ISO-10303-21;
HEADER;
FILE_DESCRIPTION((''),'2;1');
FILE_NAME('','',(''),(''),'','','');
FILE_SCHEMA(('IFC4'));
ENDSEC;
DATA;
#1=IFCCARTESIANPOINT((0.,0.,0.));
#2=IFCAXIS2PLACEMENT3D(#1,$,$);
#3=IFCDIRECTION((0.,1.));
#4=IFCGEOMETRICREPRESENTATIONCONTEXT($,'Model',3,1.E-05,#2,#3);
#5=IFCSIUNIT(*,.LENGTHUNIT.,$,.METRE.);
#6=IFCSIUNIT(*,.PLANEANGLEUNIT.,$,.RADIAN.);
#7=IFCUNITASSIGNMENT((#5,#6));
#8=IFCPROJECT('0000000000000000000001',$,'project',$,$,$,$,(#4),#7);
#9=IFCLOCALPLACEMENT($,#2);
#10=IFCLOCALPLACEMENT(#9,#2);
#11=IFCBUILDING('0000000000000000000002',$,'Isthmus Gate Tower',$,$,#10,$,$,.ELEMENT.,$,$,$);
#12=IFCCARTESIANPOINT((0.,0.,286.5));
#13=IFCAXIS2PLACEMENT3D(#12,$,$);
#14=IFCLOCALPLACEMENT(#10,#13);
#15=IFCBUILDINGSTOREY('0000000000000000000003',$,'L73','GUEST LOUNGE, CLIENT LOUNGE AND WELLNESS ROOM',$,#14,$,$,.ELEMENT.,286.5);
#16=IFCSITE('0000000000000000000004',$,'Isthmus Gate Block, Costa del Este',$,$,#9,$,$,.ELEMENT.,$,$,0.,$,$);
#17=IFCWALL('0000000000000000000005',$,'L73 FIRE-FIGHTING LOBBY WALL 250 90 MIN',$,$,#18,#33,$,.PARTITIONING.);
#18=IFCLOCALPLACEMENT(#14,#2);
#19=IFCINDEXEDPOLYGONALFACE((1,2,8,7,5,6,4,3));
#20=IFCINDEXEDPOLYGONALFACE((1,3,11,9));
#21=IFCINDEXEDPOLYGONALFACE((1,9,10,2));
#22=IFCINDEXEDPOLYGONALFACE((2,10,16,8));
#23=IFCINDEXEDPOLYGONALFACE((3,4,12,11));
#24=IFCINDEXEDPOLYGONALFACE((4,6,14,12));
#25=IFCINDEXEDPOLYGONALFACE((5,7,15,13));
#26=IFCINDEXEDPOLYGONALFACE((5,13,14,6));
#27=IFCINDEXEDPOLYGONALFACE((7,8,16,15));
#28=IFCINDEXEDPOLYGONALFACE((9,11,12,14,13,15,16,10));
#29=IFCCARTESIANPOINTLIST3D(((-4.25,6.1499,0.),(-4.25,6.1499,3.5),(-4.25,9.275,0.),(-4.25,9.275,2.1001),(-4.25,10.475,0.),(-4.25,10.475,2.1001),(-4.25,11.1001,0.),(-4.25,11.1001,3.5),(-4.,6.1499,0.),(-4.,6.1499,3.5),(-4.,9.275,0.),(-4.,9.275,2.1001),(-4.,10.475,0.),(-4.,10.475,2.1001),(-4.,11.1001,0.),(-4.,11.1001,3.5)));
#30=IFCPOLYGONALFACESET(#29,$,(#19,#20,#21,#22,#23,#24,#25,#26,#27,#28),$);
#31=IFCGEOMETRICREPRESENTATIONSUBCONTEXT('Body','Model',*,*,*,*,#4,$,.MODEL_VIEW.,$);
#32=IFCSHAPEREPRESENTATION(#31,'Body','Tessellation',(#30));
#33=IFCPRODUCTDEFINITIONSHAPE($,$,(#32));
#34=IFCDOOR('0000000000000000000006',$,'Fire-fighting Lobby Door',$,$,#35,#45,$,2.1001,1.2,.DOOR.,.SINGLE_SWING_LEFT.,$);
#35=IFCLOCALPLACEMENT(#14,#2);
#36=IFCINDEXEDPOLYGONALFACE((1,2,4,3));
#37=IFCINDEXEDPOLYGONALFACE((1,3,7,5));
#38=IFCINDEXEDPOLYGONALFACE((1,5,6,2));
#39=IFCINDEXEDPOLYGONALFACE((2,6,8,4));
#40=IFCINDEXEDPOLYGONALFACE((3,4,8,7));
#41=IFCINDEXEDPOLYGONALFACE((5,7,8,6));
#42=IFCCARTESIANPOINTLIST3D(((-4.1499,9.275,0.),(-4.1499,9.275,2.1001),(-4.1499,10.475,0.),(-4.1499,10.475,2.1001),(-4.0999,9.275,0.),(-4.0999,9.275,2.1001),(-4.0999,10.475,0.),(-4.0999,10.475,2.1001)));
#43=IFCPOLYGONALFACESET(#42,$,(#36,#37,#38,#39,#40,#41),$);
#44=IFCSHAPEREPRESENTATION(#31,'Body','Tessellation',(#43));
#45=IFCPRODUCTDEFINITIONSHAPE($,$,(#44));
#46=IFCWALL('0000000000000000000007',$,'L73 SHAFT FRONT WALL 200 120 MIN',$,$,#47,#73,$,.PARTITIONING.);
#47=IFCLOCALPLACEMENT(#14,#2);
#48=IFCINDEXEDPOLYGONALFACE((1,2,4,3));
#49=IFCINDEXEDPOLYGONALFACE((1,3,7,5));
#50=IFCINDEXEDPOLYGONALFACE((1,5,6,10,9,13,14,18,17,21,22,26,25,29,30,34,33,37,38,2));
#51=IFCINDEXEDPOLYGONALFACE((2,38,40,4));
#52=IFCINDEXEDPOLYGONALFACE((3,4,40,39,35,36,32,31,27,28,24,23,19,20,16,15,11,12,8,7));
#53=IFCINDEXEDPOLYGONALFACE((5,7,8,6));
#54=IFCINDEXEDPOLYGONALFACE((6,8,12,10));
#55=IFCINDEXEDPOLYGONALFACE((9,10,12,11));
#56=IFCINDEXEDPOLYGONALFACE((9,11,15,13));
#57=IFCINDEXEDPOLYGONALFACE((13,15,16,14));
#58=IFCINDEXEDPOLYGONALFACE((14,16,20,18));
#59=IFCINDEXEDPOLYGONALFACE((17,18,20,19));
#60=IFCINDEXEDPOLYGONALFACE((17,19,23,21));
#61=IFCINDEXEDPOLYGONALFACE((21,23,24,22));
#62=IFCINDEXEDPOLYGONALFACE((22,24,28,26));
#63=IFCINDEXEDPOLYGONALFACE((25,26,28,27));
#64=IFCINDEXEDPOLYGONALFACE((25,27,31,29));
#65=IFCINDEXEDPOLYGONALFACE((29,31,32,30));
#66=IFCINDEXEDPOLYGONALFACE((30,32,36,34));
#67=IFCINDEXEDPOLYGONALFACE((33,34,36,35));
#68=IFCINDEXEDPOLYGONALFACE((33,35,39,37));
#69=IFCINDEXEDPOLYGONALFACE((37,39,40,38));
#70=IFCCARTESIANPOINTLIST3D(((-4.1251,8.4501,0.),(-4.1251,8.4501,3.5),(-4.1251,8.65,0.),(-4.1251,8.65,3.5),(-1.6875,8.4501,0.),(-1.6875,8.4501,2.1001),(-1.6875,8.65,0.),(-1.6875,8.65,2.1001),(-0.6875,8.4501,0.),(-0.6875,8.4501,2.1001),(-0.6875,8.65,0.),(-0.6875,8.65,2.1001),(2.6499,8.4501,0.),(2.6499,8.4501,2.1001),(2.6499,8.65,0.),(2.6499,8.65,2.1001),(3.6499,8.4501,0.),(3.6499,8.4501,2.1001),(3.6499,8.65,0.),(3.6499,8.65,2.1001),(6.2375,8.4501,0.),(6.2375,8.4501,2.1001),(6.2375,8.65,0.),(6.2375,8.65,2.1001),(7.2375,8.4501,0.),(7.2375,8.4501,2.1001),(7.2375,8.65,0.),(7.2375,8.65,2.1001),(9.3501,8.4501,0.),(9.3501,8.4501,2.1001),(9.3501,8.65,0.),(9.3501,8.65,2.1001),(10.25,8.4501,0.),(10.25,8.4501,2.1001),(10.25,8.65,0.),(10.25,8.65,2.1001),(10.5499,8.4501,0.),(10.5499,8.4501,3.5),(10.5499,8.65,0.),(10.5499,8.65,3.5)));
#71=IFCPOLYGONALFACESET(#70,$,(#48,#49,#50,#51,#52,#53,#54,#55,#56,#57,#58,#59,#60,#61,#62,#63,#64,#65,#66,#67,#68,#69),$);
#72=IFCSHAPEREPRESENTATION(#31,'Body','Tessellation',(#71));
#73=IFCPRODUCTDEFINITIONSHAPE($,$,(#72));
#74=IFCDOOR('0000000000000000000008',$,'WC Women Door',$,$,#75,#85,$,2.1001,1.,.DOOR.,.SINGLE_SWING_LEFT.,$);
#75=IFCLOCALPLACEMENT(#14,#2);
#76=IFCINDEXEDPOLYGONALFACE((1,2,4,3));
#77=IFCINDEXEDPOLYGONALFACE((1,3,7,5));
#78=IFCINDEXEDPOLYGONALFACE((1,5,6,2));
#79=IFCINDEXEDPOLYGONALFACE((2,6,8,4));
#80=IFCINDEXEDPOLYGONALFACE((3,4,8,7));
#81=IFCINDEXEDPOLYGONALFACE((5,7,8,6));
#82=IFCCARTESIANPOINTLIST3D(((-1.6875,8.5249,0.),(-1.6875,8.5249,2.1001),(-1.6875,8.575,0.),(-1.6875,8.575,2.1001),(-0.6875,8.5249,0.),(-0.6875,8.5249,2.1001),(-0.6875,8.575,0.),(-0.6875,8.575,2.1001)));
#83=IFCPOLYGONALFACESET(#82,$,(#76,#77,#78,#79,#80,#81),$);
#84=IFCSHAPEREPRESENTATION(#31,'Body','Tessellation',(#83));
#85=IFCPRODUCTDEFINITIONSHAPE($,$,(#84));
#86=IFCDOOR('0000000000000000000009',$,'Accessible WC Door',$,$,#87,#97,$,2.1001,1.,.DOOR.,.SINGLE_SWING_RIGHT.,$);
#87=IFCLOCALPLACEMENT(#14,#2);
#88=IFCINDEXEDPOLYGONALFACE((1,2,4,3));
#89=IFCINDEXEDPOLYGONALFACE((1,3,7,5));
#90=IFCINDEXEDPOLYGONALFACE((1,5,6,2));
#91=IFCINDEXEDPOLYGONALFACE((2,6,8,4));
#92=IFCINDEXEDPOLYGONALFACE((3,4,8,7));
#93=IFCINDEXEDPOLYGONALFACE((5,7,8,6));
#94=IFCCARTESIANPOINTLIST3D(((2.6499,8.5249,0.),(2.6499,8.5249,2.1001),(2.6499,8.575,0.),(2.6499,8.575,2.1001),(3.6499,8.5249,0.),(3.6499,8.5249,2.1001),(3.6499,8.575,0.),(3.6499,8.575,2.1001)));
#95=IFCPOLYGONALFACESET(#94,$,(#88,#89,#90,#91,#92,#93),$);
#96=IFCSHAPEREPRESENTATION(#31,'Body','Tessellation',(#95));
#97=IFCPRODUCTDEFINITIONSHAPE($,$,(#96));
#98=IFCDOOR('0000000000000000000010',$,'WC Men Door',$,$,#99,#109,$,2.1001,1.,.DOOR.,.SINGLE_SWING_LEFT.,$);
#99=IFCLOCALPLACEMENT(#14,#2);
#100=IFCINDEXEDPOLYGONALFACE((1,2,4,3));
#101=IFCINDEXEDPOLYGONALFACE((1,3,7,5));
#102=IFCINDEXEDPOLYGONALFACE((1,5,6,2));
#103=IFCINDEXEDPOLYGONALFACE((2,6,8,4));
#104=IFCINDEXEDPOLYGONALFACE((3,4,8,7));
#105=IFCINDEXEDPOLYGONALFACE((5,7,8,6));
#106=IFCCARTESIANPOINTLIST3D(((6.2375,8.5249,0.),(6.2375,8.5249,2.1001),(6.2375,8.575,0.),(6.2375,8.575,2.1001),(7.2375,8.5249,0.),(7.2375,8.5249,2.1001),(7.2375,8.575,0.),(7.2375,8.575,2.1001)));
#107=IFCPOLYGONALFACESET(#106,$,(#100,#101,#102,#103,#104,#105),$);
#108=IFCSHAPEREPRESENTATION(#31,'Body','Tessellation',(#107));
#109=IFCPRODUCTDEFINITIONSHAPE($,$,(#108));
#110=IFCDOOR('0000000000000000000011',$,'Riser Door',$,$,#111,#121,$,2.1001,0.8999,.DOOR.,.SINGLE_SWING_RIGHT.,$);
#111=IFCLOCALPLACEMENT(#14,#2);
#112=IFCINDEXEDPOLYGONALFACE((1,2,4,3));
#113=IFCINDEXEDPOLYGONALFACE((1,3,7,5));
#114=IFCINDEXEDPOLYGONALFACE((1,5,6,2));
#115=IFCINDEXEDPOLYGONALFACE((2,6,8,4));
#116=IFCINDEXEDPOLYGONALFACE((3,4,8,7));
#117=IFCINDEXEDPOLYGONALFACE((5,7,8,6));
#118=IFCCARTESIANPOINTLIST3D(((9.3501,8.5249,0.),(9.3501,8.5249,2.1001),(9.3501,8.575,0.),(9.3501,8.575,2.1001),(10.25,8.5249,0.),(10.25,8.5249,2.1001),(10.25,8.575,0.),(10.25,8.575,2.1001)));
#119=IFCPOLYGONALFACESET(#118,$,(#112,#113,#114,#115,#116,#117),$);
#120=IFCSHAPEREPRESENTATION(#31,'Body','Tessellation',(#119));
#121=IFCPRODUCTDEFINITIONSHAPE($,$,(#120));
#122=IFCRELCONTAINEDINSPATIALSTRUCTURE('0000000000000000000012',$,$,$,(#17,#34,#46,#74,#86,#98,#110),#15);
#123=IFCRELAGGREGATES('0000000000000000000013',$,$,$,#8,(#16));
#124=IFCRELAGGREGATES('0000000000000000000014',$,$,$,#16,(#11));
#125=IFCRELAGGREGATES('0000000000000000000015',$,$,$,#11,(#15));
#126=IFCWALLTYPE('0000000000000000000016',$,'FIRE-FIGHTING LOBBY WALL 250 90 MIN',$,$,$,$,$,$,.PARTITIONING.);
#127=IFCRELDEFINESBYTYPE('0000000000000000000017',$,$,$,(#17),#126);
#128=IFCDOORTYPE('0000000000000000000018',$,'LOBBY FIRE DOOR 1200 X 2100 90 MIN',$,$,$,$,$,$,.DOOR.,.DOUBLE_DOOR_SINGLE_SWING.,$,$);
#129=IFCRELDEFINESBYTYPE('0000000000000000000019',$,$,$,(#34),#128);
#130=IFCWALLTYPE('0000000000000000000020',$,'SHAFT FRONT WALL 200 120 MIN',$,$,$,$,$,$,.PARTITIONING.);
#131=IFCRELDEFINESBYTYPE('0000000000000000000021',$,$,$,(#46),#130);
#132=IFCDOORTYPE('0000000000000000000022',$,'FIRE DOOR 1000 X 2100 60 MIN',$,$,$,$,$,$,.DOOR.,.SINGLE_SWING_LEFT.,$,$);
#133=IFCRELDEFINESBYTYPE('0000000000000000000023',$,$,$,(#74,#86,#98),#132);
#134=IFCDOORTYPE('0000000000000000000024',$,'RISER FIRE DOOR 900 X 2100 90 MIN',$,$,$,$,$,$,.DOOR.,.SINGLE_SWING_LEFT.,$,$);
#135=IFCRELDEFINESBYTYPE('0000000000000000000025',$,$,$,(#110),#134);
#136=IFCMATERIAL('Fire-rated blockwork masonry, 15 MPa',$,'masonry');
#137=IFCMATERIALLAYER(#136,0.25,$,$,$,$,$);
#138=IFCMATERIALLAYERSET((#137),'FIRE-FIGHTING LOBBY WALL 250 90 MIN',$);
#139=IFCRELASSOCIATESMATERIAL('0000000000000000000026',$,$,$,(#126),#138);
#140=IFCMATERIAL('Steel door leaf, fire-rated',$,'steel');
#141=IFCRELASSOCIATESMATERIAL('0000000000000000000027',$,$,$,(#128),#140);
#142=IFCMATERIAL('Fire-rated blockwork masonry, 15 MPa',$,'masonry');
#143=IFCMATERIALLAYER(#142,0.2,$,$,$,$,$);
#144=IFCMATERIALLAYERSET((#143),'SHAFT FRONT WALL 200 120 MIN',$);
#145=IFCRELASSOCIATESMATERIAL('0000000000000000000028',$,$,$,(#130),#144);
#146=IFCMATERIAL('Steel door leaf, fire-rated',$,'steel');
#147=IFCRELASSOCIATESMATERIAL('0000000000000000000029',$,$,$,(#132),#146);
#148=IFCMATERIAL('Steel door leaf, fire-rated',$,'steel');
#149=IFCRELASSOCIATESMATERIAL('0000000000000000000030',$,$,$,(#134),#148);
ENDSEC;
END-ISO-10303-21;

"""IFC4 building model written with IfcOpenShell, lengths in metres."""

from ifc_helpers import new_model, si_unit, direction, frame, frame_2d, origin, place, context, subcontext, project, spatial, rectangle, extrude, material, layer, layer_set, type_object, element, fill, save


model = new_model("IFC4")

# Units and contexts
model_context = context("Model", 3, precision=1e-05, world=origin(), true_north=direction((0.0, 1.0)))
body_context = subcontext(model_context, "Body", "Model", "MODEL_VIEW")
ifc_project = project(units=[si_unit("LENGTHUNIT", "METRE"), si_unit("PLANEANGLEUNIT", "RADIAN")], contexts=[model_context])

# Site, building, storey
site_placement = place(None, origin())
site = spatial("IfcSite", under=ifc_project, at=site_placement, Name="Isthmus Gate Block, Costa del Este", CompositionType="ELEMENT", RefElevation=0.0)
building_placement = place(site_placement, origin())
building = spatial("IfcBuilding", under=site, at=building_placement, Name="Isthmus Gate Tower", CompositionType="ELEMENT")
storey_placement = place(building_placement, frame((0.0, 0.0, 286.5)))
storey = spatial("IfcBuildingStorey", under=building, at=storey_placement, Name="L73", Description="GUEST LOUNGE, CLIENT LOUNGE AND WELLNESS ROOM", CompositionType="ELEMENT", Elevation=286.5)

# Wall, opening, door
ifc_material_1 = material(Name="Fire-rated blockwork masonry, 15 MPa", Category="masonry")
ifc_layer_1 = layer(ifc_material_1, 0.25)
ifc_layer_set_1 = layer_set([ifc_layer_1], Name="FIRE-FIGHTING LOBBY WALL 250 90 MIN")
wall_type_1 = type_object("IfcWallType", Name="FIRE-FIGHTING LOBBY WALL 250 90 MIN", PredefinedType="PARTITIONING", material=ifc_layer_set_1)
wall_1_placement = place(storey_placement, frame((-4.125, 6.1499, 0.0), z_axis=(0.0, 0.0, 1.0), x_axis=(0.0, 1.0, 0.0)))
wall_1 = element("IfcWall", 1, at=wall_1_placement, inside=storey, type_object=wall_type_1, Name="L73 FIRE-FIGHTING LOBBY WALL 250 90 MIN", PredefinedType="PARTITIONING", context=body_context, shape_type="SweptSolid", body=[
    extrude(rectangle(XDim=4.9502, YDim=0.25, at=frame_2d((2.4751, 0.0))), origin(), (0.0, 0.0, 1.0), 3.5),
])
opening_1_placement = place(wall_1_placement, frame((3.125, 0.0, 0.0)))
opening_1 = element("IfcOpeningElement", 2, at=opening_1_placement, cuts=wall_1, PredefinedType="OPENING", context=body_context, shape_type="SweptSolid", body=[
    extrude(rectangle(XDim=1.2, YDim=2.1001, at=frame_2d((0.6001, 1.05))), frame((0.0, 0.135, 0.0), z_axis=(0.0, -1.0, 0.0), x_axis=(1.0, 0.0, 0.0)), (0.0, 0.0, 1.0), 0.27),
])
ifc_material_2 = material(Name="Steel door leaf, fire-rated", Category="steel")
door_type_1 = type_object("IfcDoorType", Name="LOBBY FIRE DOOR 1200 X 2100 90 MIN", OperationType="DOUBLE_DOOR_SINGLE_SWING", PredefinedType="DOOR", material=ifc_material_2)
door_1_placement = place(opening_1_placement, origin())
door_1 = element("IfcDoor", 3, at=door_1_placement, inside=storey, type_object=door_type_1, Name="Fire-fighting Lobby Door", OperationType="SINGLE_SWING_LEFT", OverallHeight=2.1001, OverallWidth=1.2, PredefinedType="DOOR", context=body_context, shape_type="SweptSolid", body=[
    extrude(rectangle(XDim=1.2, YDim=2.1001, at=frame_2d((0.6001, 1.05))), frame((0.0, 0.0249, 0.0), z_axis=(0.0, -1.0, 0.0), x_axis=(1.0, 0.0, 0.0)), (0.0, 0.0, 1.0), 0.05),
])
fill(opening_1, door_1)

# Wall, openings, doors
ifc_material_3 = material(Name="Fire-rated blockwork masonry, 15 MPa", Category="masonry")
ifc_layer_2 = layer(ifc_material_3, 0.2)
ifc_layer_set_2 = layer_set([ifc_layer_2], Name="SHAFT FRONT WALL 200 120 MIN")
wall_type_2 = type_object("IfcWallType", Name="SHAFT FRONT WALL 200 120 MIN", PredefinedType="PARTITIONING", material=ifc_layer_set_2)
wall_2_placement = place(storey_placement, frame((-4.125, 8.55, 0.0), z_axis=(0.0, 0.0, 1.0), x_axis=(1.0, 0.0, 0.0)))
wall_2 = element("IfcWall", 4, at=wall_2_placement, inside=storey, type_object=wall_type_2, Name="L73 SHAFT FRONT WALL 200 120 MIN", PredefinedType="PARTITIONING", context=body_context, shape_type="SweptSolid", body=[
    extrude(rectangle(XDim=14.675, YDim=0.2, at=frame_2d((7.3374, 0.0))), origin(), (0.0, 0.0, 1.0), 3.5),
])
opening_2_placement = place(wall_2_placement, frame((2.4375, 0.0, 0.0)))
opening_2 = element("IfcOpeningElement", 5, at=opening_2_placement, cuts=wall_2, PredefinedType="OPENING", context=body_context, shape_type="SweptSolid", body=[
    extrude(rectangle(XDim=1.0, YDim=2.1001, at=frame_2d((0.5, 1.05))), frame((0.0, 0.1099, 0.0), z_axis=(0.0, -1.0, 0.0), x_axis=(1.0, 0.0, 0.0)), (0.0, 0.0, 1.0), 0.22),
])
opening_3_placement = place(wall_2_placement, frame((6.7749, 0.0, 0.0)))
opening_3 = element("IfcOpeningElement", 6, at=opening_3_placement, cuts=wall_2, PredefinedType="OPENING", context=body_context, shape_type="SweptSolid", body=[
    extrude(rectangle(XDim=1.0, YDim=2.1001, at=frame_2d((0.5, 1.05))), frame((0.0, 0.1099, 0.0), z_axis=(0.0, -1.0, 0.0), x_axis=(1.0, 0.0, 0.0)), (0.0, 0.0, 1.0), 0.22),
])
opening_4_placement = place(wall_2_placement, frame((10.3625, 0.0, 0.0)))
opening_4 = element("IfcOpeningElement", 7, at=opening_4_placement, cuts=wall_2, PredefinedType="OPENING", context=body_context, shape_type="SweptSolid", body=[
    extrude(rectangle(XDim=1.0, YDim=2.1001, at=frame_2d((0.5, 1.05))), frame((0.0, 0.1099, 0.0), z_axis=(0.0, -1.0, 0.0), x_axis=(1.0, 0.0, 0.0)), (0.0, 0.0, 1.0), 0.22),
])
opening_5_placement = place(wall_2_placement, frame((13.4751, 0.0, 0.0)))
opening_5 = element("IfcOpeningElement", 8, at=opening_5_placement, cuts=wall_2, PredefinedType="OPENING", context=body_context, shape_type="SweptSolid", body=[
    extrude(rectangle(XDim=0.8999, YDim=2.1001, at=frame_2d((0.45, 1.05))), frame((0.0, 0.1099, 0.0), z_axis=(0.0, -1.0, 0.0), x_axis=(1.0, 0.0, 0.0)), (0.0, 0.0, 1.0), 0.22),
])
ifc_material_4 = material(Name="Steel door leaf, fire-rated", Category="steel")
door_type_2 = type_object("IfcDoorType", Name="FIRE DOOR 1000 X 2100 60 MIN", OperationType="SINGLE_SWING_LEFT", PredefinedType="DOOR", material=ifc_material_4)
door_2_placement = place(opening_2_placement, origin())
door_2 = element("IfcDoor", 9, at=door_2_placement, inside=storey, type_object=door_type_2, Name="WC Women Door", OperationType="SINGLE_SWING_LEFT", OverallHeight=2.1001, OverallWidth=1.0, PredefinedType="DOOR", context=body_context, shape_type="SweptSolid", body=[
    extrude(rectangle(XDim=1.0, YDim=2.1001, at=frame_2d((0.5, 1.05))), frame((0.0, 0.0249, 0.0), z_axis=(0.0, -1.0, 0.0), x_axis=(1.0, 0.0, 0.0)), (0.0, 0.0, 1.0), 0.05),
])
fill(opening_2, door_2)
door_3_placement = place(opening_3_placement, origin())
door_3 = element("IfcDoor", 10, at=door_3_placement, inside=storey, type_object=door_type_2, Name="Accessible WC Door", OperationType="SINGLE_SWING_RIGHT", OverallHeight=2.1001, OverallWidth=1.0, PredefinedType="DOOR", context=body_context, shape_type="SweptSolid", body=[
    extrude(rectangle(XDim=1.0, YDim=2.1001, at=frame_2d((0.5, 1.05))), frame((0.0, 0.0249, 0.0), z_axis=(0.0, -1.0, 0.0), x_axis=(1.0, 0.0, 0.0)), (0.0, 0.0, 1.0), 0.05),
])
fill(opening_3, door_3)
door_4_placement = place(opening_4_placement, origin())
door_4 = element("IfcDoor", 11, at=door_4_placement, inside=storey, type_object=door_type_2, Name="WC Men Door", OperationType="SINGLE_SWING_LEFT", OverallHeight=2.1001, OverallWidth=1.0, PredefinedType="DOOR", context=body_context, shape_type="SweptSolid", body=[
    extrude(rectangle(XDim=1.0, YDim=2.1001, at=frame_2d((0.5, 1.05))), frame((0.0, 0.0249, 0.0), z_axis=(0.0, -1.0, 0.0), x_axis=(1.0, 0.0, 0.0)), (0.0, 0.0, 1.0), 0.05),
])
fill(opening_4, door_4)
ifc_material_5 = material(Name="Steel door leaf, fire-rated", Category="steel")
door_type_3 = type_object("IfcDoorType", Name="RISER FIRE DOOR 900 X 2100 90 MIN", OperationType="SINGLE_SWING_LEFT", PredefinedType="DOOR", material=ifc_material_5)
door_5_placement = place(opening_5_placement, origin())
door_5 = element("IfcDoor", 12, at=door_5_placement, inside=storey, type_object=door_type_3, Name="Riser Door", OperationType="SINGLE_SWING_RIGHT", OverallHeight=2.1001, OverallWidth=0.8999, PredefinedType="DOOR", context=body_context, shape_type="SweptSolid", body=[
    extrude(rectangle(XDim=0.8999, YDim=2.1001, at=frame_2d((0.45, 1.05))), frame((0.0, 0.0249, 0.0), z_axis=(0.0, -1.0, 0.0), x_axis=(1.0, 0.0, 0.0)), (0.0, 0.0, 1.0), 0.05),
])
fill(opening_5, door_5)

save(model, "model.ifc")
